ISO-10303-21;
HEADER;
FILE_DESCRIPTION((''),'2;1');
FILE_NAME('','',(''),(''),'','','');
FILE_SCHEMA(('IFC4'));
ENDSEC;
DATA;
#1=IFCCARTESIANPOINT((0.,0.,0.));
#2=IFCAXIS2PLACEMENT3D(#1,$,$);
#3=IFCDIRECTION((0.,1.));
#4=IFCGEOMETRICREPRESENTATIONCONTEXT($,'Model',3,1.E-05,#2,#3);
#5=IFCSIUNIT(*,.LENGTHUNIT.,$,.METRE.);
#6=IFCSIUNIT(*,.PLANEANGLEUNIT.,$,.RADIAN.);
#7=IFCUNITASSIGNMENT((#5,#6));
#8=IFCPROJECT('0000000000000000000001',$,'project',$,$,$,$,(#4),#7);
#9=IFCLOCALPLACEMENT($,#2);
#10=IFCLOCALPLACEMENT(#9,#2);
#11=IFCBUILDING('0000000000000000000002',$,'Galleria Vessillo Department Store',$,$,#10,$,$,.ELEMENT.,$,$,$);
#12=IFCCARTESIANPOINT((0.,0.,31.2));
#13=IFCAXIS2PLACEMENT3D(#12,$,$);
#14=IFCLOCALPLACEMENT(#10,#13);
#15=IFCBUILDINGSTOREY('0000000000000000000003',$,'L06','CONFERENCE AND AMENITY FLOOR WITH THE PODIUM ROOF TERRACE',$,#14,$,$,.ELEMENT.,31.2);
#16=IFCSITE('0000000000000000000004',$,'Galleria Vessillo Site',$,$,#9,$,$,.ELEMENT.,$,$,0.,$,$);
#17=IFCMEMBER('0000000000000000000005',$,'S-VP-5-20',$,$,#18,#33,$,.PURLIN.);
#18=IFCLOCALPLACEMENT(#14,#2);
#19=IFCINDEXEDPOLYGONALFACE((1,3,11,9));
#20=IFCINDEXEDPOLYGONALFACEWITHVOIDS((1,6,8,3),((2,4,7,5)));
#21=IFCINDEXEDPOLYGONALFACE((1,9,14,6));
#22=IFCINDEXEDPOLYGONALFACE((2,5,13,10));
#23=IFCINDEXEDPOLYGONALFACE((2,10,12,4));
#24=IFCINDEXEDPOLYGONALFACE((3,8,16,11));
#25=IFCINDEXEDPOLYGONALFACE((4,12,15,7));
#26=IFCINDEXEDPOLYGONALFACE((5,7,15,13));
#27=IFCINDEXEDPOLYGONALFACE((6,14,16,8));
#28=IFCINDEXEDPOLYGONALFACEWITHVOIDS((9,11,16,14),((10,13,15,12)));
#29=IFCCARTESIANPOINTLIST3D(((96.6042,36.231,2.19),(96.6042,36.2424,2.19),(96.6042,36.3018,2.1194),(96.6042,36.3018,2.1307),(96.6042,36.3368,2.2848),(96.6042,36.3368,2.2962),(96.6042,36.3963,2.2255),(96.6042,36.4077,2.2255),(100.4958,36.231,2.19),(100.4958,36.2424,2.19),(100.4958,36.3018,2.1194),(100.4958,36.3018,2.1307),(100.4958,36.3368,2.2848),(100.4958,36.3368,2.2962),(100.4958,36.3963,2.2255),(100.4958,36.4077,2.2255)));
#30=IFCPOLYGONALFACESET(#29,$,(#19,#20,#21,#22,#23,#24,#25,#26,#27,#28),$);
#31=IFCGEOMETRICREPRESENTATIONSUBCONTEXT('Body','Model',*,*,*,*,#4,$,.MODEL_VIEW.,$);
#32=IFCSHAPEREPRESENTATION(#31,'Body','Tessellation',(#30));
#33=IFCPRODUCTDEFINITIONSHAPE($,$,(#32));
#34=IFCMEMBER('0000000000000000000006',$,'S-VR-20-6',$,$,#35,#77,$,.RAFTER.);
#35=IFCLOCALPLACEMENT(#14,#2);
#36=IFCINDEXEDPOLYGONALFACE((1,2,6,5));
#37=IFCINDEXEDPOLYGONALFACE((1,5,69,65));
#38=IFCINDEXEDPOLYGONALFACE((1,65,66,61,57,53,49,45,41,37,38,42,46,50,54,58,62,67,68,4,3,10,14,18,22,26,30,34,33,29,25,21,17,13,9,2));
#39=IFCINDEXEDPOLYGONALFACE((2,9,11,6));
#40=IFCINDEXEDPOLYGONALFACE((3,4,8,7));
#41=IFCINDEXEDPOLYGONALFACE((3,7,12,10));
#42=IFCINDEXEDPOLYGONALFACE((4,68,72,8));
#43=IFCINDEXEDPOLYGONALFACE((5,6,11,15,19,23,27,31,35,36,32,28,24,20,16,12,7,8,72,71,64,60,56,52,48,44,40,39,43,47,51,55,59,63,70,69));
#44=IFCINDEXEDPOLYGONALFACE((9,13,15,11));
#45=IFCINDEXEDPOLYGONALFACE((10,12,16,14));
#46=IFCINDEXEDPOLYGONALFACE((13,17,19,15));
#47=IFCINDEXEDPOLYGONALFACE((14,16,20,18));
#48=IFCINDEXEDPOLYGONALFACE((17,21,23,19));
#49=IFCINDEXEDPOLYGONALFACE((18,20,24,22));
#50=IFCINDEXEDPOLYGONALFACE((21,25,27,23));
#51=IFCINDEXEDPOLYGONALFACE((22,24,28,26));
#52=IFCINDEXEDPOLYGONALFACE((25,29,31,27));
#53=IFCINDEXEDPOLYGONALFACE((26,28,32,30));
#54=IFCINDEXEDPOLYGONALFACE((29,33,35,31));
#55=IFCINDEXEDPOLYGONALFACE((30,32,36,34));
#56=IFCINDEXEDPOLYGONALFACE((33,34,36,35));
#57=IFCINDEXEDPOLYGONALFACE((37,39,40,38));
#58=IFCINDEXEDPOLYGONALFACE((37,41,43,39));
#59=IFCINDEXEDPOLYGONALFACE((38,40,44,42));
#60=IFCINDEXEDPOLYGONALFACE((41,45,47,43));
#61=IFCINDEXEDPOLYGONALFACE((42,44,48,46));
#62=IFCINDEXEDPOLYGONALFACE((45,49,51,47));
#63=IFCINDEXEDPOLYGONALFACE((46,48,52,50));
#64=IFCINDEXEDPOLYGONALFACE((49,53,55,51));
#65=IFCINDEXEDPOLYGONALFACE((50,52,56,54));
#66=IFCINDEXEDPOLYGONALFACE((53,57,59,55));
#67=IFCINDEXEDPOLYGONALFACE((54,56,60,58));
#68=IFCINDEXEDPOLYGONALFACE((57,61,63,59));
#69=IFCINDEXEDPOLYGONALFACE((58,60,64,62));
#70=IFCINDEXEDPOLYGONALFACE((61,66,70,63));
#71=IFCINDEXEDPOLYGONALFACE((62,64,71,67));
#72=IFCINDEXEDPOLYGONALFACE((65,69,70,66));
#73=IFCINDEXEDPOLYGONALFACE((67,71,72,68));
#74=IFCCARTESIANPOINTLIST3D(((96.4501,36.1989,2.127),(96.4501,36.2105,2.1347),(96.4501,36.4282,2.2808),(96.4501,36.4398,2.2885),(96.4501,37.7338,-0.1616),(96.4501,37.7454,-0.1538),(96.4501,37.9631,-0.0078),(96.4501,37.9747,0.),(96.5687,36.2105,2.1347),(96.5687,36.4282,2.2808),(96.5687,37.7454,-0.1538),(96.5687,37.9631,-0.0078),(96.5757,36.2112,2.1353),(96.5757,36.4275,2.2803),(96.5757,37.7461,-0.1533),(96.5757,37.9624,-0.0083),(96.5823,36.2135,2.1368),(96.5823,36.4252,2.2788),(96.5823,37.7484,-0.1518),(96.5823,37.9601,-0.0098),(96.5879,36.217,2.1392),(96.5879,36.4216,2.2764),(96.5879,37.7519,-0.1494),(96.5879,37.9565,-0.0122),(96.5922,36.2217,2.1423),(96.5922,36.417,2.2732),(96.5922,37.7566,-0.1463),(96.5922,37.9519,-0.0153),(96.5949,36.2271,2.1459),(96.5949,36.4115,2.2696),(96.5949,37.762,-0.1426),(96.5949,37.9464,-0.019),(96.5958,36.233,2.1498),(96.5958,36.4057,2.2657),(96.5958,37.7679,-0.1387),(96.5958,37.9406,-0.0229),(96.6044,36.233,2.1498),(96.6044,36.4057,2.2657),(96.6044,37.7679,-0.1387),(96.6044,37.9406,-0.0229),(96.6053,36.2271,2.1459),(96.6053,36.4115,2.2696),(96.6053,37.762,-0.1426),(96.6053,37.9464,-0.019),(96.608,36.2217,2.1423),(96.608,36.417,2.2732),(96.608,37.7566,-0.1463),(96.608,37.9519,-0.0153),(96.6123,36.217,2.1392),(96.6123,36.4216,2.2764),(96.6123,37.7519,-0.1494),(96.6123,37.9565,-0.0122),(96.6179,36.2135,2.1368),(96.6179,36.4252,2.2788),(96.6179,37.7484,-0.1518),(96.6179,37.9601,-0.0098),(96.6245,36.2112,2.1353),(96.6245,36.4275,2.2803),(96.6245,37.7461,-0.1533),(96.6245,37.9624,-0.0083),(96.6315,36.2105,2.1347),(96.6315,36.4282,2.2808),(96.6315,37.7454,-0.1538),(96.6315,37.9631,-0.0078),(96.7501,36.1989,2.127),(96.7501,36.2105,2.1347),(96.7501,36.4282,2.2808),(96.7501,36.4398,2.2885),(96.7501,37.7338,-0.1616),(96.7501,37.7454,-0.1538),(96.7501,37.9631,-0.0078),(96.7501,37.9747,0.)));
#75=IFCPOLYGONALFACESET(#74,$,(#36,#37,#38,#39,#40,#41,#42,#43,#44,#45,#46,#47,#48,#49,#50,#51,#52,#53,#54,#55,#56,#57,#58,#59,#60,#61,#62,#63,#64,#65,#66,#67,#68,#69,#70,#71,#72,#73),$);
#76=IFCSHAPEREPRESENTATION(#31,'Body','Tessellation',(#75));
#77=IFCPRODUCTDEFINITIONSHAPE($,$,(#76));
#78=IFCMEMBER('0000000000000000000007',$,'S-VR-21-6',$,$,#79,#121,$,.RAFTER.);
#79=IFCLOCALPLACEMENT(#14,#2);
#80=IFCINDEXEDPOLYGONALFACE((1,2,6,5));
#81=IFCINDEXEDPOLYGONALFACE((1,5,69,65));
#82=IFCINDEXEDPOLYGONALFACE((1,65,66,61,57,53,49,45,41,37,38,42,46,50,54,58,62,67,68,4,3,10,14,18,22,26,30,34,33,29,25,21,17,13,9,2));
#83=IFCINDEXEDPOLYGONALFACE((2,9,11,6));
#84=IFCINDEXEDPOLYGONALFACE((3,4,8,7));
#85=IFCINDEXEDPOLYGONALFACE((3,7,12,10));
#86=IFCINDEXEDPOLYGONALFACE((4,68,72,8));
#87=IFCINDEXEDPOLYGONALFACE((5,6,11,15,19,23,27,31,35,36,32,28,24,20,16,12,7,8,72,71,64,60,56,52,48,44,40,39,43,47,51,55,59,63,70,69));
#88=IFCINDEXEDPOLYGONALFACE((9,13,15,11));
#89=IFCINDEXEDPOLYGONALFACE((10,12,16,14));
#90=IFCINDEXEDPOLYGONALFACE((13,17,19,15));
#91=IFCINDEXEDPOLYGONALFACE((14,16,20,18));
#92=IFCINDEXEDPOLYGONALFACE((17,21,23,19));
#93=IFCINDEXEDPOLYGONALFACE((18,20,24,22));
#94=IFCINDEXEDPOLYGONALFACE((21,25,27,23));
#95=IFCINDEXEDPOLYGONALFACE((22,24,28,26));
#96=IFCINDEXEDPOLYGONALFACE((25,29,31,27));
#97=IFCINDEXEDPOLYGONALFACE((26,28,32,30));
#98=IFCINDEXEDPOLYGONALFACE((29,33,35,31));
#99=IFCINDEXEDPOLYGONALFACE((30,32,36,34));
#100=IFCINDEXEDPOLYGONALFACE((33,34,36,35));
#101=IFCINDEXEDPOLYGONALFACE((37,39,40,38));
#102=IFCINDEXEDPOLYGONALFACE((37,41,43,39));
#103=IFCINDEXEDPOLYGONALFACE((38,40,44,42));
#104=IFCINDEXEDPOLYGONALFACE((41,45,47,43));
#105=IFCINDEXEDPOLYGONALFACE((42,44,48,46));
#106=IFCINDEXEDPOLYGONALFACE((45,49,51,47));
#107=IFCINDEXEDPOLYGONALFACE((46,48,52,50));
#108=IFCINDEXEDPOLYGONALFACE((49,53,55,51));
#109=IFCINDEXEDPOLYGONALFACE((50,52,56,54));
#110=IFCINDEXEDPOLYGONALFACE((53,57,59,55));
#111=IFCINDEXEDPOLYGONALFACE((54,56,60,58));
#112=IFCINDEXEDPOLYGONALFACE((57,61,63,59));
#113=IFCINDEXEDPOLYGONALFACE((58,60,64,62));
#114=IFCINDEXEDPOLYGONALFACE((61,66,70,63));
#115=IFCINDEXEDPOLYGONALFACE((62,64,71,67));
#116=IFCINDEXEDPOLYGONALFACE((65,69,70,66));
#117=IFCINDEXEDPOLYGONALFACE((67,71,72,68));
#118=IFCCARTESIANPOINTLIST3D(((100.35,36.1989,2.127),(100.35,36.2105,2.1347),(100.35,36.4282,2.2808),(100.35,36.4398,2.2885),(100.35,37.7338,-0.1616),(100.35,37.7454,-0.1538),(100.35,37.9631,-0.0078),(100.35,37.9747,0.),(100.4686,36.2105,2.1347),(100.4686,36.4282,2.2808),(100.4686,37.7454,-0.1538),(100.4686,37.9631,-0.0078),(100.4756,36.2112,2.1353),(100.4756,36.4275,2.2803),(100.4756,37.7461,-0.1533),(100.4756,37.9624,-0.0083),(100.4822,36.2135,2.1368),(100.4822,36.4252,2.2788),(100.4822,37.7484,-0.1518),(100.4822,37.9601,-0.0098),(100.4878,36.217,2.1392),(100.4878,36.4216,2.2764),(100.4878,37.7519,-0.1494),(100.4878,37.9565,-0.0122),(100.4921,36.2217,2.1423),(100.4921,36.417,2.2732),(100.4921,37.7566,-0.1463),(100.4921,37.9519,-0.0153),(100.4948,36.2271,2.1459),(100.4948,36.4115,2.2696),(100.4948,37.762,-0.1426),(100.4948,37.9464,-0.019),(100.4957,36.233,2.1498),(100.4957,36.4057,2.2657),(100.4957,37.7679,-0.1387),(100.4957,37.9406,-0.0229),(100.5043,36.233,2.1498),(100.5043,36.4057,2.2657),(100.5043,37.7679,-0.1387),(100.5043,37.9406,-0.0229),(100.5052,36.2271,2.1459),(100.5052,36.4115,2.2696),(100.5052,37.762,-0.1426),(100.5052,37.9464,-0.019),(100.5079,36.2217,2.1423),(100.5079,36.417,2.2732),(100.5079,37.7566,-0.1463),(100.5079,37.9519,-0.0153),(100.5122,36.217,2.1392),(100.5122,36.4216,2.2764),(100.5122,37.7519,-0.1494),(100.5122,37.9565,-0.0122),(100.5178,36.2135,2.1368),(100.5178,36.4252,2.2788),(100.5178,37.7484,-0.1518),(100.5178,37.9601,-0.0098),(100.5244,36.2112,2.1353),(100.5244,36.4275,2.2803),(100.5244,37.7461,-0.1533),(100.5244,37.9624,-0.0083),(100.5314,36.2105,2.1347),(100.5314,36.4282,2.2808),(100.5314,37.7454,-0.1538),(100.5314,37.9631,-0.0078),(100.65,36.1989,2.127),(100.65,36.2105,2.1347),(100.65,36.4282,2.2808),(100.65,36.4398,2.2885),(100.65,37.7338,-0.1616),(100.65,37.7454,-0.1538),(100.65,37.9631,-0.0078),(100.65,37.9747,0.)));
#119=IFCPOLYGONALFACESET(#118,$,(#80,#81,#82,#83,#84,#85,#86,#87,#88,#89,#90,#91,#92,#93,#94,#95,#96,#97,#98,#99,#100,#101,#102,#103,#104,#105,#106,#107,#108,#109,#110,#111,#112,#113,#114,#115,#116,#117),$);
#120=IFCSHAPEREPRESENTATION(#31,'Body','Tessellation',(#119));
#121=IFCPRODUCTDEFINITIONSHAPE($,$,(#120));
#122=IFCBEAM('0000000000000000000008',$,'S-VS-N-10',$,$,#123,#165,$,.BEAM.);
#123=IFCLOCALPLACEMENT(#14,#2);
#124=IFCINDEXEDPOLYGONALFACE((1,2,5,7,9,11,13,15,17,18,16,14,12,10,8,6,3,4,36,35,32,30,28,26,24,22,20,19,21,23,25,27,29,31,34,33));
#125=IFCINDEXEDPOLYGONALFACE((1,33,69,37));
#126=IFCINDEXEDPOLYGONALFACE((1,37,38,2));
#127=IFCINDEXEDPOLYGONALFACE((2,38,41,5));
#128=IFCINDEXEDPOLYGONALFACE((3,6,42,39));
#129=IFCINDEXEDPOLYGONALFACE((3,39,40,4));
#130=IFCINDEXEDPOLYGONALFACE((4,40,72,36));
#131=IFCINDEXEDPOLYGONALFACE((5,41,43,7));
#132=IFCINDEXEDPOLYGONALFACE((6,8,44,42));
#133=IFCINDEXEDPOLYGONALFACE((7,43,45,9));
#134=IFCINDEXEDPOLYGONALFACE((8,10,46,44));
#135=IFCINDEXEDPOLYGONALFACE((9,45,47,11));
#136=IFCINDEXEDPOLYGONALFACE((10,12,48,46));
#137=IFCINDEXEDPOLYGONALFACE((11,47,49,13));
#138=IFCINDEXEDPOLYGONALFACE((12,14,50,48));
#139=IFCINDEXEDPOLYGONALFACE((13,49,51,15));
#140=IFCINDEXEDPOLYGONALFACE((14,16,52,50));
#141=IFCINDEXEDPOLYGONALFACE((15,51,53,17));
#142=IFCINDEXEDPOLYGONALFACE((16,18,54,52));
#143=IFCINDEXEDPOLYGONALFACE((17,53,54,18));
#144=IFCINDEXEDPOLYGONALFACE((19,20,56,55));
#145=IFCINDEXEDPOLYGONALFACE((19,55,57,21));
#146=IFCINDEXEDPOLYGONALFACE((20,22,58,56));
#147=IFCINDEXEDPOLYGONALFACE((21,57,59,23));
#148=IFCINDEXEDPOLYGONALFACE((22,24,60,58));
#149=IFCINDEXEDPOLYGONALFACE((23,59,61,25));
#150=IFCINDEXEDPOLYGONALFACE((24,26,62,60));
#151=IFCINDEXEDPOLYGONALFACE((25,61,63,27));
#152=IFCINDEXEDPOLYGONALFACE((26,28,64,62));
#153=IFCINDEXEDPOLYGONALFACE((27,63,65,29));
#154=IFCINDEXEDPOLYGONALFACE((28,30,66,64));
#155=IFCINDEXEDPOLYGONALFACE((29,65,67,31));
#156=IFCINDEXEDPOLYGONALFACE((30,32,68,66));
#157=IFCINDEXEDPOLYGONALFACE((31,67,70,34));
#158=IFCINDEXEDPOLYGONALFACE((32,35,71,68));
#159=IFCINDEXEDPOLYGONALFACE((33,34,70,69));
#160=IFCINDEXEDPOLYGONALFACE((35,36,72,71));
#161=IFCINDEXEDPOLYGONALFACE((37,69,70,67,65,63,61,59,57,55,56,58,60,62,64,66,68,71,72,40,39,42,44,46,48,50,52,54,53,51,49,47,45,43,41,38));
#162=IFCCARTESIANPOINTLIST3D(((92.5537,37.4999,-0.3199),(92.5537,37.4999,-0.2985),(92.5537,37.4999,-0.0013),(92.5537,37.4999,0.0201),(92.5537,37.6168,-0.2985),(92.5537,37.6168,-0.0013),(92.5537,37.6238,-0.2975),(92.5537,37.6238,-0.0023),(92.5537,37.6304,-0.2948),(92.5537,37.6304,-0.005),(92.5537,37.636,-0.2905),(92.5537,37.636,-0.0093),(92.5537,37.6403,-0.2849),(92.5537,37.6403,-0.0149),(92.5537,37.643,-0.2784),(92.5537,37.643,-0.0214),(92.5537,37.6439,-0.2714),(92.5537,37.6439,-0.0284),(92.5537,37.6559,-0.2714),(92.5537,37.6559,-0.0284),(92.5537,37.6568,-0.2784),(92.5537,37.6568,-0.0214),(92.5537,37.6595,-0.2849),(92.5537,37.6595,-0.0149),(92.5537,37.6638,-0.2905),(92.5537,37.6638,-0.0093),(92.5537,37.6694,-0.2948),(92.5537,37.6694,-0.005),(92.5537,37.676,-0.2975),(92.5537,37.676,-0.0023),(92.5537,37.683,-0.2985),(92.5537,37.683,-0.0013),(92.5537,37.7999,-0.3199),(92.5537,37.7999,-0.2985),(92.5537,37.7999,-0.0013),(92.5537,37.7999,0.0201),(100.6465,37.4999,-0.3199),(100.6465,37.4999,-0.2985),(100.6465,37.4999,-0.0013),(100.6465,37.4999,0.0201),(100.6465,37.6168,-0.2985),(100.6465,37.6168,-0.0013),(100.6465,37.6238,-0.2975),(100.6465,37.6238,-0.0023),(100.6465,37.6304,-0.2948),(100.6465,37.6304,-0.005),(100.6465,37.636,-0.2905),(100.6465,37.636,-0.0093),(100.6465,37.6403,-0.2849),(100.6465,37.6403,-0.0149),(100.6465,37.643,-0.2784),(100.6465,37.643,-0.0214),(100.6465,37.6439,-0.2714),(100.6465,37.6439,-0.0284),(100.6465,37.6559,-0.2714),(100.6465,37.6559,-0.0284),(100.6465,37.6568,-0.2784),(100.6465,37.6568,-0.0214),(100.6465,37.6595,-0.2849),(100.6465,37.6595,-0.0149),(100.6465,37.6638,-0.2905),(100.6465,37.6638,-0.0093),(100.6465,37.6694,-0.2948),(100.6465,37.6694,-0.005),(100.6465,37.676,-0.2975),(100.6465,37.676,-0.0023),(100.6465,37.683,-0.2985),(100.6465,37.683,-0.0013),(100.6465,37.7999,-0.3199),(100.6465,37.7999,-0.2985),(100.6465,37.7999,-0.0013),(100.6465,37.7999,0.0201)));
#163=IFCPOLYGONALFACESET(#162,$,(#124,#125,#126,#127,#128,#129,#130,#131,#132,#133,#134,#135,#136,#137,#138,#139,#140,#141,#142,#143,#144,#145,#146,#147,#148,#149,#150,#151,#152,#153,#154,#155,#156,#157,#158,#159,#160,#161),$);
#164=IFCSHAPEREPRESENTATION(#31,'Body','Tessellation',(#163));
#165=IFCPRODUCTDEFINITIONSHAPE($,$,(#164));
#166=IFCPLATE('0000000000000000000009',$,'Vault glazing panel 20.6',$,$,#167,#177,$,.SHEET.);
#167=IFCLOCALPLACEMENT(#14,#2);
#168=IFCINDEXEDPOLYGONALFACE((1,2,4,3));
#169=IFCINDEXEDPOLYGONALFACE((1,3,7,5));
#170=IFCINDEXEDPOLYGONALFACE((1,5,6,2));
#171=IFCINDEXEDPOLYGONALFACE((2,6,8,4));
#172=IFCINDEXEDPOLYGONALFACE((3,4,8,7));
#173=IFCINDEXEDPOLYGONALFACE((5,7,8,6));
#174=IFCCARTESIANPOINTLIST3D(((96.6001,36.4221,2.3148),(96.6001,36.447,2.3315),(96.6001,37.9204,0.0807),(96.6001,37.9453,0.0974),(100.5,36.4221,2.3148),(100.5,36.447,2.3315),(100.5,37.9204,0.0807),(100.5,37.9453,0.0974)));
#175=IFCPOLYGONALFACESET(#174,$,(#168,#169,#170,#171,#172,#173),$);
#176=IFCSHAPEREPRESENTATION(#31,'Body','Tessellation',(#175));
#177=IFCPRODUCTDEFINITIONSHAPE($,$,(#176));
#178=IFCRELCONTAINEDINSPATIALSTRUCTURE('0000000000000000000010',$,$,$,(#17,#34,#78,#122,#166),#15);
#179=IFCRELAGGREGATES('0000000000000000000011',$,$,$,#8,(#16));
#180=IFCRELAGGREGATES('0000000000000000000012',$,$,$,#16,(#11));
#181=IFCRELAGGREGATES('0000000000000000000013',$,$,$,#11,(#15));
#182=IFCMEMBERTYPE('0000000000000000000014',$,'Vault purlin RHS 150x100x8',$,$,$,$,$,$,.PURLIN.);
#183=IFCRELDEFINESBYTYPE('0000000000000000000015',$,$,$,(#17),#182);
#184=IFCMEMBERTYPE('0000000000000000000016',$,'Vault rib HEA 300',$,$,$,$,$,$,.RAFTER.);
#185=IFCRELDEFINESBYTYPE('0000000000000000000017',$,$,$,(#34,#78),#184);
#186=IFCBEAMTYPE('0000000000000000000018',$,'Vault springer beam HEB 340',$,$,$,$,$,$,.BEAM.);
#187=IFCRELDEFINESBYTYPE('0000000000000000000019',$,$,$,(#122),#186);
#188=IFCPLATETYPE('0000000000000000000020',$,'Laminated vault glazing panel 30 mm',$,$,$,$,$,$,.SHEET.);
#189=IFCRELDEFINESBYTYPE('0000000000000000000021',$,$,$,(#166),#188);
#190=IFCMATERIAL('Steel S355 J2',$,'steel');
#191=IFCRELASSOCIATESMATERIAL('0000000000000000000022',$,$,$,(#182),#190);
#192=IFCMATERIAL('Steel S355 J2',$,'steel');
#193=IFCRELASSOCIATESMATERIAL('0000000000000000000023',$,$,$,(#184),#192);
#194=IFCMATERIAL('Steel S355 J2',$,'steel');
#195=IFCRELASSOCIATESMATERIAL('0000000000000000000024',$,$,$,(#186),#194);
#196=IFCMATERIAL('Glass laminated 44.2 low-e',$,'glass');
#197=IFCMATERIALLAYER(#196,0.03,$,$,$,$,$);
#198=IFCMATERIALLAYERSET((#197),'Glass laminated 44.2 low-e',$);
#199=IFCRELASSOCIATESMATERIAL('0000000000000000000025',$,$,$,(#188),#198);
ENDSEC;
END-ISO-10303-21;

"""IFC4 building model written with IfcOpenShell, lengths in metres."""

from ifc_helpers import new_model, si_unit, direction, frame, origin, origin_2d, place, context, subcontext, project, spatial, polyline, hollow_rectangle, i_section, outline, extrude, material, layer, layer_set, material_profile, profile_set, type_object, element, save


model = new_model("IFC4")

# Units and contexts
model_context = context("Model", 3, precision=1e-05, world=origin(), true_north=direction((0.0, 1.0)))
body_context = subcontext(model_context, "Body", "Model", "MODEL_VIEW")
ifc_project = project(units=[si_unit("LENGTHUNIT", "METRE"), si_unit("PLANEANGLEUNIT", "RADIAN")], contexts=[model_context])

# Site, building, storey
site_placement = place(None, origin())
site = spatial("IfcSite", under=ifc_project, at=site_placement, Name="Galleria Vessillo Site", CompositionType="ELEMENT", RefElevation=0.0)
building_placement = place(site_placement, origin())
building = spatial("IfcBuilding", under=site, at=building_placement, Name="Galleria Vessillo Department Store", CompositionType="ELEMENT")
storey_placement = place(building_placement, frame((0.0, 0.0, 31.2)))
storey = spatial("IfcBuildingStorey", under=building, at=storey_placement, Name="L06", Description="CONFERENCE AND AMENITY FLOOR WITH THE PODIUM ROOF TERRACE", CompositionType="ELEMENT", Elevation=31.2)

# Members
ifc_material_1 = material(Name="Steel S355 J2", Category="steel")
ifc_material_profile_1 = material_profile(ifc_material_1, hollow_rectangle(XDim=0.1001, YDim=0.1499, WallThickness=0.0081, at=origin_2d()), Name="RHS 150x100x8")
ifc_profile_set_1 = profile_set([ifc_material_profile_1], Name="Steel S355 J2")
member_type_1 = type_object("IfcMemberType", Name="Vault purlin RHS 150x100x8", PredefinedType="PURLIN", material=ifc_profile_set_1)
member_placement = place(storey_placement, frame((96.6042, 36.3193, 2.2078), z_axis=(1.0, 0.0, 0.0), x_axis=(0.0, 0.708077, -0.706135)))
element("IfcMember", 1, at=member_placement, inside=storey, type_object=member_type_1, Name="S-VP-5-20", PredefinedType="PURLIN", context=body_context, shape_type="SweptSolid", body=[
    extrude(hollow_rectangle(XDim=0.1001, YDim=0.1499, WallThickness=0.0081, at=origin_2d()), origin(), (0.0, 0.0, 1.0), 3.8916),
])
ifc_material_2 = material(Name="Steel S355 J2", Category="steel")
ifc_material_profile_2 = material_profile(ifc_material_2, i_section(OverallWidth=0.3, OverallDepth=0.29, WebThickness=0.0085, FlangeThickness=0.0139, FilletRadius=0.0271, at=origin_2d()), Name="HEA 300")
ifc_profile_set_2 = profile_set([ifc_material_profile_2], Name="Steel S355 J2")
member_type_2 = type_object("IfcMemberType", Name="Vault rib HEA 300", PredefinedType="RAFTER", material=ifc_profile_set_2)
for number, where, z_axis, x_axis, name in (
    (2, (96.6001, 36.3193, 2.2078), (0.0, 0.557008, -0.830507), (-1.0, 0.0, 0.0), "S-VR-20-6"),
    (3, (100.5, 36.3193, 2.2078), (0.0, 0.557008, -0.830507), (-1.0, 0.0, 0.0), "S-VR-21-6"),
):
    element("IfcMember", number, at=place(storey_placement, frame(where, z_axis=z_axis, x_axis=x_axis)), inside=storey, type_object=member_type_2, Name=name, PredefinedType="RAFTER", context=body_context, shape_type="SweptSolid", body=[
        extrude(i_section(OverallWidth=0.3, OverallDepth=0.29, WebThickness=0.0085, FlangeThickness=0.0139, FilletRadius=0.0271, at=origin_2d()), origin(), (0.0, 0.0, 1.0), 2.7556),
    ])

# Beam
ifc_material_3 = material(Name="Steel S355 J2", Category="steel")
ifc_material_profile_3 = material_profile(ifc_material_3, i_section(OverallWidth=0.3, OverallDepth=0.3401, WebThickness=0.012, FlangeThickness=0.0215, FilletRadius=0.0271, at=origin_2d()), Name="HEB 340")
ifc_profile_set_3 = profile_set([ifc_material_profile_3], Name="Steel S355 J2")
beam_type_1 = type_object("IfcBeamType", Name="Vault springer beam HEB 340", PredefinedType="BEAM", material=ifc_profile_set_3)
beam_1_placement = place(storey_placement, frame((92.5537, 37.6499, -0.1499), z_axis=(1.0, 0.0, 0.0), x_axis=(0.0, 1.0, 0.0)))
element("IfcBeam", 4, at=beam_1_placement, inside=storey, type_object=beam_type_1, Name="S-VS-N-10", PredefinedType="BEAM", context=body_context, shape_type="SweptSolid", body=[
    extrude(i_section(OverallWidth=0.3, OverallDepth=0.3401, WebThickness=0.012, FlangeThickness=0.0215, FilletRadius=0.0271, at=origin_2d()), origin(), (0.0, 0.0, 1.0), 8.0928),
])

# Plate
ifc_material_4 = material(Name="Glass laminated 44.2 low-e", Category="glass")
ifc_layer_1 = layer(ifc_material_4, 0.03)
ifc_layer_set_1 = layer_set([ifc_layer_1], Name="Glass laminated 44.2 low-e")
plate_type = type_object("IfcPlateType", Name="Laminated vault glazing panel 30 mm", PredefinedType="SHEET", material=ifc_layer_set_1)
plate_placement = place(storey_placement, frame((96.6001, 36.447, 2.3315), z_axis=(0.0, 0.830525, 0.556981), x_axis=(1.0, 0.0, 0.0)))
element("IfcPlate", 5, at=plate_placement, inside=storey, type_object=plate_type, Name="Vault glazing panel 20.6", PredefinedType="SHEET", context=body_context, shape_type="SweptSolid", body=[
    extrude(outline(polyline([(0.0, 0.0), (3.8999, 0.0), (3.8999, 2.69), (0.0, 2.69), (0.0, 0.0)])), origin(), (0.0, 0.0, -1.0), 0.03),
])

save(model, "model.ifc")
